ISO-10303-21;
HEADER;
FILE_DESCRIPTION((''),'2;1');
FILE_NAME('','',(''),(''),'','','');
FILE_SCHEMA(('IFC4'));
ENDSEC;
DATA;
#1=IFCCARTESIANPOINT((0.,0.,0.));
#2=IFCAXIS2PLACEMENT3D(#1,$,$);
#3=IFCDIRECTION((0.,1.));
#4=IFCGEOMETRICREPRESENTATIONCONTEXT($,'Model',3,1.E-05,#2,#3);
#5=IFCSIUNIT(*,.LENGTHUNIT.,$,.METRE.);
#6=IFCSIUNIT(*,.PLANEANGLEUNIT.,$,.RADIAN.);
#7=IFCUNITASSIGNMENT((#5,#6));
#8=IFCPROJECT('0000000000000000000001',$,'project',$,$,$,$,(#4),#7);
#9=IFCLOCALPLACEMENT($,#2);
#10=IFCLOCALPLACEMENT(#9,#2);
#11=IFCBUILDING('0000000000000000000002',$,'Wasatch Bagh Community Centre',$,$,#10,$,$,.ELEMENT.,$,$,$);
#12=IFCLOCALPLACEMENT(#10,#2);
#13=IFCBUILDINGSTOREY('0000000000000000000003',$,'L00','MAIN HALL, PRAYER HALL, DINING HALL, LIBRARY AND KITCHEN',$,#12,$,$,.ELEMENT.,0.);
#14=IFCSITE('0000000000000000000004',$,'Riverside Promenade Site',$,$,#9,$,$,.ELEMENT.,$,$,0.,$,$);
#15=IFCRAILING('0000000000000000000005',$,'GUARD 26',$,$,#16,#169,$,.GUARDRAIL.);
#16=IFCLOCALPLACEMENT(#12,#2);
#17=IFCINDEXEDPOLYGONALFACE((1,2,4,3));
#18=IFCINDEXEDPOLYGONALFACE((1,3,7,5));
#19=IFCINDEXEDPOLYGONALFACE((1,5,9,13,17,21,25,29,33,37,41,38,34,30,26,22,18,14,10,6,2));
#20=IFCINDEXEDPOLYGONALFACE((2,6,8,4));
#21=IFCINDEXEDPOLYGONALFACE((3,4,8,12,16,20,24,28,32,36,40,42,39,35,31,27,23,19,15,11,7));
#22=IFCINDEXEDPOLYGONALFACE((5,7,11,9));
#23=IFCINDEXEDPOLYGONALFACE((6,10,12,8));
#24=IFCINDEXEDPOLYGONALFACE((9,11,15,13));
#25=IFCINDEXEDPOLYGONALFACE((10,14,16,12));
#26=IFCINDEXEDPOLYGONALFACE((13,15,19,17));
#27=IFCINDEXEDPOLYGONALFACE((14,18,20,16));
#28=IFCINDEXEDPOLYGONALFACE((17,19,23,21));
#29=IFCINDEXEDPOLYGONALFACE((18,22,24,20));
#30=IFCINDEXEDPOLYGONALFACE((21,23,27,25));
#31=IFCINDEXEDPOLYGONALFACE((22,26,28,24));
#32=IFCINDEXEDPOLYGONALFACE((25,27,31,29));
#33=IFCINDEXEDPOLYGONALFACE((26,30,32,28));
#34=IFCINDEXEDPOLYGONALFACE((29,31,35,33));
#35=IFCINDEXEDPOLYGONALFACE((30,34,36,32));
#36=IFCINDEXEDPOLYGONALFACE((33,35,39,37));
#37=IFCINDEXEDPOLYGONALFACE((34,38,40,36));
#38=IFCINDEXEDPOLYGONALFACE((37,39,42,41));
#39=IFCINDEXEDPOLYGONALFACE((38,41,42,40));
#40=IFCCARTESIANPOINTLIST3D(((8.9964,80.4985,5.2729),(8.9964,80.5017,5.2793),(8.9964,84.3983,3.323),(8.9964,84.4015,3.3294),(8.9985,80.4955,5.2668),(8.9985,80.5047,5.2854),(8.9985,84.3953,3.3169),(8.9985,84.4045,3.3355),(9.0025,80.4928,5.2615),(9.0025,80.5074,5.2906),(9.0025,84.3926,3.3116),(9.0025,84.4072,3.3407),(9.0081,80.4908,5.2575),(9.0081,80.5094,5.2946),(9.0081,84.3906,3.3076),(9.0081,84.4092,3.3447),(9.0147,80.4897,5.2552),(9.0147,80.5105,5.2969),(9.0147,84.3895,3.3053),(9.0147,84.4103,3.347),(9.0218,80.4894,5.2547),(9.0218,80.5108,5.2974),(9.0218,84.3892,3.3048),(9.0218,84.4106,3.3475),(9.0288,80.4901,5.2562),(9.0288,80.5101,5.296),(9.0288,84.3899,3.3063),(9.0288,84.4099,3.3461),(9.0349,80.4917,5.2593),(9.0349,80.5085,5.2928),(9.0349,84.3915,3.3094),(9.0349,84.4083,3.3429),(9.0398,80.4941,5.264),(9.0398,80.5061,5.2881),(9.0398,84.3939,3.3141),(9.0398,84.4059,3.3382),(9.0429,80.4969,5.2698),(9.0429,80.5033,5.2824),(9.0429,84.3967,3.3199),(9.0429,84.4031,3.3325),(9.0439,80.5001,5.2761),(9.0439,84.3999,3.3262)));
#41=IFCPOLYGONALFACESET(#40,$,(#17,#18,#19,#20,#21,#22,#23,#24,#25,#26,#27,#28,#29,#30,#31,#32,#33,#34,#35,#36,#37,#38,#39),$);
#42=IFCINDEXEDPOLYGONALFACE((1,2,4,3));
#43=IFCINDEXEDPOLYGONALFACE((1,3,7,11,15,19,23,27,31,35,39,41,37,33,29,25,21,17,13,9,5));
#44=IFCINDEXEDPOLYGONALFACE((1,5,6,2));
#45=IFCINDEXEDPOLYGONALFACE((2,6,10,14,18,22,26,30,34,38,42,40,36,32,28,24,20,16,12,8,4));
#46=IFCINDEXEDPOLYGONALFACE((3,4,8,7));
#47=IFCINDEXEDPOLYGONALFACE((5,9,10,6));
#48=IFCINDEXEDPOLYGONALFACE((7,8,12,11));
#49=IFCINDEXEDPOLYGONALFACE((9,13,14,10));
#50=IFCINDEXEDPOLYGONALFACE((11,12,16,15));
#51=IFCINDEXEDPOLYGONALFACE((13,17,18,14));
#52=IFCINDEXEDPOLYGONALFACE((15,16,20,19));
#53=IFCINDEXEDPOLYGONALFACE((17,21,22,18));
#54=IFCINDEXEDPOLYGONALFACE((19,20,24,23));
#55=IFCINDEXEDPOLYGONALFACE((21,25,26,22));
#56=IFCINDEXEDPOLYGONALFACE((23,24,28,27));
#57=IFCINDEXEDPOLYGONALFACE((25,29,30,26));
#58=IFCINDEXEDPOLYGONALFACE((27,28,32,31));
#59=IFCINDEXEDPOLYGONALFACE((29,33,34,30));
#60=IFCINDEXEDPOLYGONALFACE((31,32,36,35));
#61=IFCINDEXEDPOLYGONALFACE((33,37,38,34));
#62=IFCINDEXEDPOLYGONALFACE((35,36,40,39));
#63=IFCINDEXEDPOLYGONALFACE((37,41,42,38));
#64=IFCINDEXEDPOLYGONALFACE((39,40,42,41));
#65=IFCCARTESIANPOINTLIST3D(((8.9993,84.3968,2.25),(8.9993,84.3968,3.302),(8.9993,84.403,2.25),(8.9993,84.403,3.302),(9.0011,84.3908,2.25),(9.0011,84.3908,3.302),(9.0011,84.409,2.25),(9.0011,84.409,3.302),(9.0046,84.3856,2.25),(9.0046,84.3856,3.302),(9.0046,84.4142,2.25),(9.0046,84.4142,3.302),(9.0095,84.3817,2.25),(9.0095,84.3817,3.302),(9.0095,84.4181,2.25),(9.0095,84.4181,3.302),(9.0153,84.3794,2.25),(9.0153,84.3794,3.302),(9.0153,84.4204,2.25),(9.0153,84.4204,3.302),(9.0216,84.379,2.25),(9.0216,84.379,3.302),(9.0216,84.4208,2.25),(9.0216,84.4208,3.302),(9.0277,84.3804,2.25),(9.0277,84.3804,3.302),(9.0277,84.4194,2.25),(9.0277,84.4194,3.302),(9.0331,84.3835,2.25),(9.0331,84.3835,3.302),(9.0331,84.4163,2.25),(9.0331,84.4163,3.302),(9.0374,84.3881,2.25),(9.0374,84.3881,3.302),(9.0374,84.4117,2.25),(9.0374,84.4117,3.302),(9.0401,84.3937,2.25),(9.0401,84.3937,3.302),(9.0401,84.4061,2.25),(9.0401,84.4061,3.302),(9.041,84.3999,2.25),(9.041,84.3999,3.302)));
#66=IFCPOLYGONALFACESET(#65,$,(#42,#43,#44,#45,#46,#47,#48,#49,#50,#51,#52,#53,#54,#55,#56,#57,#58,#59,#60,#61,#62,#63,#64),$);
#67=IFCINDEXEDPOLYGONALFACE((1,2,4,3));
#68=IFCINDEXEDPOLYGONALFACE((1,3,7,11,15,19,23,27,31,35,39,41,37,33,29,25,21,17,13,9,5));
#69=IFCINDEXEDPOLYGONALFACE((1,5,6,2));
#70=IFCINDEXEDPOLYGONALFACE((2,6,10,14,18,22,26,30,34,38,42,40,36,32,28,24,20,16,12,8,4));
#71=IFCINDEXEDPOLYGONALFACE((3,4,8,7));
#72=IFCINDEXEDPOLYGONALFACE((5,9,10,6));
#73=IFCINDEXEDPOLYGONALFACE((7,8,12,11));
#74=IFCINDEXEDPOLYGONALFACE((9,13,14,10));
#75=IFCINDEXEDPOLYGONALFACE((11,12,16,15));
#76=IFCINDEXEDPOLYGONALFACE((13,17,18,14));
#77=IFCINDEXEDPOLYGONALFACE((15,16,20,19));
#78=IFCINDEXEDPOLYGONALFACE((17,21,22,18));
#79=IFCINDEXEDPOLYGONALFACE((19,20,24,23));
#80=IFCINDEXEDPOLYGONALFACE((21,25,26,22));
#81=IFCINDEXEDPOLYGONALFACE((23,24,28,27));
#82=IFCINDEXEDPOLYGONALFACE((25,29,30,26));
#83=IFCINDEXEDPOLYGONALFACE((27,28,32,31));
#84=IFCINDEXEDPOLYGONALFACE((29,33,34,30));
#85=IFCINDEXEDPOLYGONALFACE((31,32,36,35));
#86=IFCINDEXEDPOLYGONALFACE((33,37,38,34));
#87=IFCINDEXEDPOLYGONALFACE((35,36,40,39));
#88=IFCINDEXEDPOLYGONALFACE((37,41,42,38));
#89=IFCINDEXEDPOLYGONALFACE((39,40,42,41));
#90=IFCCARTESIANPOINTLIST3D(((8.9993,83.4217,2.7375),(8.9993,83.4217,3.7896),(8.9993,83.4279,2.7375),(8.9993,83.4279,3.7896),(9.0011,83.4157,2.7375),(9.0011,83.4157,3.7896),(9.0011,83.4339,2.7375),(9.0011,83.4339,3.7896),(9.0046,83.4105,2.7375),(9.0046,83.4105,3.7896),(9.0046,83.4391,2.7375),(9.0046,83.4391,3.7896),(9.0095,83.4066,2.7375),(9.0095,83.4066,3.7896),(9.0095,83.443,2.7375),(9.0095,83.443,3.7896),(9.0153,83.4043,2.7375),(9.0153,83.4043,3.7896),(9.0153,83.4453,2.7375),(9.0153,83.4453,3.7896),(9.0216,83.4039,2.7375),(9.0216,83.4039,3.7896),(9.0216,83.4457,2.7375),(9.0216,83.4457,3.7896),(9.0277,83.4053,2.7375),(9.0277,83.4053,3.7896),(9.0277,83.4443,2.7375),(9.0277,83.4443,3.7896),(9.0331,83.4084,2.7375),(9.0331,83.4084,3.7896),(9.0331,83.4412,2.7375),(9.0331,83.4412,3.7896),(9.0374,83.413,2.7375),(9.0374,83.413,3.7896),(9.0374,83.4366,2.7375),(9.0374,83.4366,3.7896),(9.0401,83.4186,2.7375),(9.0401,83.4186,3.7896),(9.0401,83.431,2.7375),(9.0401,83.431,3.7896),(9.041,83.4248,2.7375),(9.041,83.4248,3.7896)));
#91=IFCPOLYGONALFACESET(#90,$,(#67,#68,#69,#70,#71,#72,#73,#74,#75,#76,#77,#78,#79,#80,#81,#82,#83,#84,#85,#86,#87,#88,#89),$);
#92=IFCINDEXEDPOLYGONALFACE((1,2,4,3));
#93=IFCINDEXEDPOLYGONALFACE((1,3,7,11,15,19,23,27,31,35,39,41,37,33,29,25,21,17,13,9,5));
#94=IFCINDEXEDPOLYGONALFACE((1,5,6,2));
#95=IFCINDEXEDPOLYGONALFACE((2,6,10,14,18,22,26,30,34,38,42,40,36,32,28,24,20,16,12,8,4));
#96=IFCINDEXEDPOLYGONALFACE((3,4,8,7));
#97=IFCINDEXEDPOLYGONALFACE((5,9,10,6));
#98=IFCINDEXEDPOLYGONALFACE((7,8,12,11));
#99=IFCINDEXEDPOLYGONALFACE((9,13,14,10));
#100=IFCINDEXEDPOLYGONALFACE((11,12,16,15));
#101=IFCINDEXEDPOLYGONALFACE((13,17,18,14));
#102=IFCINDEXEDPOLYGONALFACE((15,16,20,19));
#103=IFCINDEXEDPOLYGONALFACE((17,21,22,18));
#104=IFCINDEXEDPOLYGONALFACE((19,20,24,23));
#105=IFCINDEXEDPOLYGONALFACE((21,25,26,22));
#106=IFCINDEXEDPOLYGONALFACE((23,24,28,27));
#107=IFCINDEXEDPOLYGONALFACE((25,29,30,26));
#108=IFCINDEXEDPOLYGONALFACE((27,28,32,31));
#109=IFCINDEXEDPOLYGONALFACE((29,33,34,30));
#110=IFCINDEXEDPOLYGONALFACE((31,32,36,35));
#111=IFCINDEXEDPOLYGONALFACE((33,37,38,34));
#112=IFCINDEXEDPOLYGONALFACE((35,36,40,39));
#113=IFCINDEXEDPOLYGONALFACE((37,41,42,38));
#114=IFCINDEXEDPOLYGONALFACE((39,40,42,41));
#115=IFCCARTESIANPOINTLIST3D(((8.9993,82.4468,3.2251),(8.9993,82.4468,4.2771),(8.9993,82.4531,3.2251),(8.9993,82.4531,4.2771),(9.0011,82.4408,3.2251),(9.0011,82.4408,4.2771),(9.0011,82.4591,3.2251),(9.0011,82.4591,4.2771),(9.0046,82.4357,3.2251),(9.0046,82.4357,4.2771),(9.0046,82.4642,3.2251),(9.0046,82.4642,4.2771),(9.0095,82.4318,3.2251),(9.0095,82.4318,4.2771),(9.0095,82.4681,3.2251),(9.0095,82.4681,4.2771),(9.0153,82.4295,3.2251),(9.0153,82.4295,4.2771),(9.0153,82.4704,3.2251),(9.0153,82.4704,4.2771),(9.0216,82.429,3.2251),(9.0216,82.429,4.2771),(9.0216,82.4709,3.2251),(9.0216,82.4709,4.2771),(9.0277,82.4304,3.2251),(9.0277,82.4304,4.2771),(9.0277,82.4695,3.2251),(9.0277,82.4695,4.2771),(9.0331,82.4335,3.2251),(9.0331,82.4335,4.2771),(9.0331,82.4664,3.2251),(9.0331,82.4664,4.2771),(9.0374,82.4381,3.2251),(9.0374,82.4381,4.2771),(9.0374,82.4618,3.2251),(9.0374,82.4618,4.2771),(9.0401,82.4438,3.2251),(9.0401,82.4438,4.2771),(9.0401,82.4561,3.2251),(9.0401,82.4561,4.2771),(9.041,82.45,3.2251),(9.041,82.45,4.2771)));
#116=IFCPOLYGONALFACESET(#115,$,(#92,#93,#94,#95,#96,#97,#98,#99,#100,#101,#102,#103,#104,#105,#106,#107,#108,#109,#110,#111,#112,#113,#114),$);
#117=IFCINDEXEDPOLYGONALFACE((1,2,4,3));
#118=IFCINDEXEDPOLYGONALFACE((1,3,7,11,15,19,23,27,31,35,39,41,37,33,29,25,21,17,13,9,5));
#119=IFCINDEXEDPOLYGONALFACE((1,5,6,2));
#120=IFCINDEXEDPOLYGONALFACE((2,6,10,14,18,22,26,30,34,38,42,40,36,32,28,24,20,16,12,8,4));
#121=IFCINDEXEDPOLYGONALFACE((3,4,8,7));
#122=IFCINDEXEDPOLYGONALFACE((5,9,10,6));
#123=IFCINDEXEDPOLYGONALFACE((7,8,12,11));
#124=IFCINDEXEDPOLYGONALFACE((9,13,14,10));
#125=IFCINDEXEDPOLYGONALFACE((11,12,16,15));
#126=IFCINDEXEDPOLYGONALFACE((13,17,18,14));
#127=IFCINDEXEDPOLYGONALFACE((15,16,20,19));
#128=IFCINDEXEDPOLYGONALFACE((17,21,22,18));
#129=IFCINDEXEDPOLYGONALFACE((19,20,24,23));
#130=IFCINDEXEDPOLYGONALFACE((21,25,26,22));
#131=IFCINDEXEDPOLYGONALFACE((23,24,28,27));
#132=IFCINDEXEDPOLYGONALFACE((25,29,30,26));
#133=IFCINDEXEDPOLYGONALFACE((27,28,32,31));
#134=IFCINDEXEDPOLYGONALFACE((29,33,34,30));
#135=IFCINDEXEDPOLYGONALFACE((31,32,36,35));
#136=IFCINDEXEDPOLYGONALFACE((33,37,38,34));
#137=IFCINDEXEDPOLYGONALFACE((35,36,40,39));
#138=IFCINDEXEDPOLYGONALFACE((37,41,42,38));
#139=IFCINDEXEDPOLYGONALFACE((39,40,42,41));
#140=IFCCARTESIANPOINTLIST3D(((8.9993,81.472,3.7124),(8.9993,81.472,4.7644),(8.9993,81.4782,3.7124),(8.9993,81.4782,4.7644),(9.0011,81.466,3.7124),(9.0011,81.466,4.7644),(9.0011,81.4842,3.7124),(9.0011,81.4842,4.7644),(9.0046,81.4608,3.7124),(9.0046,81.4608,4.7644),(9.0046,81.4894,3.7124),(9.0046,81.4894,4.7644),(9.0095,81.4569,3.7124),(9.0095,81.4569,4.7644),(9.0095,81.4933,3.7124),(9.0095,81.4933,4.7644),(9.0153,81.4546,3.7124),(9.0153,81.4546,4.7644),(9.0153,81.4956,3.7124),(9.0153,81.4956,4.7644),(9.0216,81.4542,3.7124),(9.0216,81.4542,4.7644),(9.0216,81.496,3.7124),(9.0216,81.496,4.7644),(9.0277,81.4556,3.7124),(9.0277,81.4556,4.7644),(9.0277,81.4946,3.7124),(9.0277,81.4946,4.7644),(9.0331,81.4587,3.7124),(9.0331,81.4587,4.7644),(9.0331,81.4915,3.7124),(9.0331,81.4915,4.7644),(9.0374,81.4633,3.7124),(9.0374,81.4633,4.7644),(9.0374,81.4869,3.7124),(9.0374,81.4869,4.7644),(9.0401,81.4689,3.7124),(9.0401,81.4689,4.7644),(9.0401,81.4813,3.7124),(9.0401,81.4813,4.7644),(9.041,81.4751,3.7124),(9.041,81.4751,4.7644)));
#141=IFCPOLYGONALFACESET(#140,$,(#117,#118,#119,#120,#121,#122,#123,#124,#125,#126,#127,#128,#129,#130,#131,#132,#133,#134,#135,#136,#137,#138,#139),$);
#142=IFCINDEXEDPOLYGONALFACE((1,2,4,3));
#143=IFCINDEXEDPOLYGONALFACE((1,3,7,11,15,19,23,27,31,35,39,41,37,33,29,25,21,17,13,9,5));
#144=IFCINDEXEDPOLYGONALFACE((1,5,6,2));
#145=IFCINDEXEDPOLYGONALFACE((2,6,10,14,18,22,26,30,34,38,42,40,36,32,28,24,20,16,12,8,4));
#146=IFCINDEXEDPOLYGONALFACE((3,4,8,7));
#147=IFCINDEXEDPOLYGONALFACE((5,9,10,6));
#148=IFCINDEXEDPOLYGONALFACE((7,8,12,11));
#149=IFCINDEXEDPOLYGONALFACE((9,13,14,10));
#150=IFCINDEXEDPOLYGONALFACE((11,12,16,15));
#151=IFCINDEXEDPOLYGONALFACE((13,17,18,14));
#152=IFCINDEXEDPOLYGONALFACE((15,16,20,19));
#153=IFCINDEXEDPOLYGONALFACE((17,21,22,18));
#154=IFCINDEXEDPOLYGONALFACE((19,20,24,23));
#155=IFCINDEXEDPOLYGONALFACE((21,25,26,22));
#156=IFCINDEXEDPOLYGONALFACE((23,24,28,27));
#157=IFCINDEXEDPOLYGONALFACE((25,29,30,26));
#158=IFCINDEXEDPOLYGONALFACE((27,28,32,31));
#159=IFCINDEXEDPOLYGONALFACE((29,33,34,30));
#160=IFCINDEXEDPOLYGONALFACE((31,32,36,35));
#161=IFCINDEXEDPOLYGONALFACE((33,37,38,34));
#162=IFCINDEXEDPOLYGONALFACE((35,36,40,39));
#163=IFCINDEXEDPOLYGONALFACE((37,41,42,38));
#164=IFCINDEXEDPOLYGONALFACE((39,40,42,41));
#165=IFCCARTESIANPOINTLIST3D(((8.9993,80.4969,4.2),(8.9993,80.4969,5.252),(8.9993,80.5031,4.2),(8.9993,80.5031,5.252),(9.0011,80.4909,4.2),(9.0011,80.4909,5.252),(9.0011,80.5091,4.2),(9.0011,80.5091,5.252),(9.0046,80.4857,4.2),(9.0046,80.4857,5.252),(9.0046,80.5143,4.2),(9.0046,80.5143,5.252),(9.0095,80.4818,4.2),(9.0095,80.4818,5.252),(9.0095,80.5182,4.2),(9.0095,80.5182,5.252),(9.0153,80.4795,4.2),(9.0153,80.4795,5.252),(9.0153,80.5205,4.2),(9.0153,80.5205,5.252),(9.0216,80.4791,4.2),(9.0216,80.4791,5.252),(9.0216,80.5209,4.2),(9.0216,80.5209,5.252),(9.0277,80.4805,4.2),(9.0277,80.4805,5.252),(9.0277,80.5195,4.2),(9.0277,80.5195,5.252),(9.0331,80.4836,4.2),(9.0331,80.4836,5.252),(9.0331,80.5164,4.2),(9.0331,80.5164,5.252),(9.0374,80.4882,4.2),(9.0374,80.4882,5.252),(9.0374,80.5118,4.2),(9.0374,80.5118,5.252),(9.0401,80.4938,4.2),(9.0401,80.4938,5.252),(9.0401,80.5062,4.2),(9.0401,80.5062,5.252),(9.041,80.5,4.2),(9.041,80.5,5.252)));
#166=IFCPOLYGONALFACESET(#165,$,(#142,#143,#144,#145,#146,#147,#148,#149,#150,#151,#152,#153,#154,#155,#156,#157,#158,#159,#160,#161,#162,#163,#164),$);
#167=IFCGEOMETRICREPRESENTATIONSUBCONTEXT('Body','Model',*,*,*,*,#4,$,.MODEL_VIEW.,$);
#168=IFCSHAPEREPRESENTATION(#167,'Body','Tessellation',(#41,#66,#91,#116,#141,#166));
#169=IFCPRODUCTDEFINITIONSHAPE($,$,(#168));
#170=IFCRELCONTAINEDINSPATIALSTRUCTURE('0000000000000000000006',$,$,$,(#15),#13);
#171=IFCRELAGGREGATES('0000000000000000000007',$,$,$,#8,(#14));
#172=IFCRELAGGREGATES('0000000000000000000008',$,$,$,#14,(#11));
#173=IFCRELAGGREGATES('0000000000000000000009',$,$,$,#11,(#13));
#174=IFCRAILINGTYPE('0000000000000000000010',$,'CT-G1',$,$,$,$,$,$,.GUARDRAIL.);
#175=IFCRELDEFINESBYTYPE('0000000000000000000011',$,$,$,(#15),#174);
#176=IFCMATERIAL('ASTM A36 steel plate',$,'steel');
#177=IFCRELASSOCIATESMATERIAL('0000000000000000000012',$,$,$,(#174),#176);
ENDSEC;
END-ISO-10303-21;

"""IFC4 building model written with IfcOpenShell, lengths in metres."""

from ifc_helpers import new_model, si_unit, direction, frame, origin, origin_2d, place, context, subcontext, project, spatial, circle, extrude, material, type_object, element, save


model = new_model("IFC4")

# Units and contexts
model_context = context("Model", 3, precision=1e-05, world=origin(), true_north=direction((0.0, 1.0)))
body_context = subcontext(model_context, "Body", "Model", "MODEL_VIEW")
ifc_project = project(units=[si_unit("LENGTHUNIT", "METRE"), si_unit("PLANEANGLEUNIT", "RADIAN")], contexts=[model_context])

# Site, building, storey
site_placement = place(None, origin())
site = spatial("IfcSite", under=ifc_project, at=site_placement, Name="Riverside Promenade Site", CompositionType="ELEMENT", RefElevation=0.0)
building_placement = place(site_placement, origin())
building = spatial("IfcBuilding", under=site, at=building_placement, Name="Wasatch Bagh Community Centre", CompositionType="ELEMENT")
storey_placement = place(building_placement, origin())
storey = spatial("IfcBuildingStorey", under=building, at=storey_placement, Name="L00", Description="MAIN HALL, PRAYER HALL, DINING HALL, LIBRARY AND KITCHEN", CompositionType="ELEMENT", Elevation=0.0)

# Railing
ifc_material_1 = material(Name="ASTM A36 steel plate", Category="steel")
railing_type_1 = type_object("IfcRailingType", Name="CT-G1", PredefinedType="GUARDRAIL", material=ifc_material_1)
for number, where, name in (
    (1, (9.02, 84.3999, 2.25), "GUARD 26"),
):
    element("IfcRailing", number, at=place(storey_placement, frame(where)), inside=storey, type_object=railing_type_1, Name=name, PredefinedType="GUARDRAIL", context=body_context, shape_type="SweptSolid", body=[
        extrude(circle(Radius=0.0239, at=origin_2d()), frame((0.0, 0.0, 1.0762), z_axis=(0.0, -0.894427, 0.447214), x_axis=(1.0, 0.0, 0.0)), (0.0, 0.0, 1.0), 4.3601),
        extrude(circle(Radius=0.021, at=origin_2d()), origin(), (0.0, 0.0, 1.0), 1.052),
        extrude(circle(Radius=0.021, at=origin_2d()), frame((0.0, -0.9751, 0.4875)), (0.0, 0.0, 1.0), 1.052),
        extrude(circle(Radius=0.021, at=origin_2d()), frame((0.0, -1.95, 0.9751)), (0.0, 0.0, 1.0), 1.052),
        extrude(circle(Radius=0.021, at=origin_2d()), frame((0.0, -2.9248, 1.4624)), (0.0, 0.0, 1.0), 1.052),
        extrude(circle(Radius=0.021, at=origin_2d()), frame((0.0, -3.8999, 1.95)), (0.0, 0.0, 1.0), 1.052),
    ])

save(model, "model.ifc")
